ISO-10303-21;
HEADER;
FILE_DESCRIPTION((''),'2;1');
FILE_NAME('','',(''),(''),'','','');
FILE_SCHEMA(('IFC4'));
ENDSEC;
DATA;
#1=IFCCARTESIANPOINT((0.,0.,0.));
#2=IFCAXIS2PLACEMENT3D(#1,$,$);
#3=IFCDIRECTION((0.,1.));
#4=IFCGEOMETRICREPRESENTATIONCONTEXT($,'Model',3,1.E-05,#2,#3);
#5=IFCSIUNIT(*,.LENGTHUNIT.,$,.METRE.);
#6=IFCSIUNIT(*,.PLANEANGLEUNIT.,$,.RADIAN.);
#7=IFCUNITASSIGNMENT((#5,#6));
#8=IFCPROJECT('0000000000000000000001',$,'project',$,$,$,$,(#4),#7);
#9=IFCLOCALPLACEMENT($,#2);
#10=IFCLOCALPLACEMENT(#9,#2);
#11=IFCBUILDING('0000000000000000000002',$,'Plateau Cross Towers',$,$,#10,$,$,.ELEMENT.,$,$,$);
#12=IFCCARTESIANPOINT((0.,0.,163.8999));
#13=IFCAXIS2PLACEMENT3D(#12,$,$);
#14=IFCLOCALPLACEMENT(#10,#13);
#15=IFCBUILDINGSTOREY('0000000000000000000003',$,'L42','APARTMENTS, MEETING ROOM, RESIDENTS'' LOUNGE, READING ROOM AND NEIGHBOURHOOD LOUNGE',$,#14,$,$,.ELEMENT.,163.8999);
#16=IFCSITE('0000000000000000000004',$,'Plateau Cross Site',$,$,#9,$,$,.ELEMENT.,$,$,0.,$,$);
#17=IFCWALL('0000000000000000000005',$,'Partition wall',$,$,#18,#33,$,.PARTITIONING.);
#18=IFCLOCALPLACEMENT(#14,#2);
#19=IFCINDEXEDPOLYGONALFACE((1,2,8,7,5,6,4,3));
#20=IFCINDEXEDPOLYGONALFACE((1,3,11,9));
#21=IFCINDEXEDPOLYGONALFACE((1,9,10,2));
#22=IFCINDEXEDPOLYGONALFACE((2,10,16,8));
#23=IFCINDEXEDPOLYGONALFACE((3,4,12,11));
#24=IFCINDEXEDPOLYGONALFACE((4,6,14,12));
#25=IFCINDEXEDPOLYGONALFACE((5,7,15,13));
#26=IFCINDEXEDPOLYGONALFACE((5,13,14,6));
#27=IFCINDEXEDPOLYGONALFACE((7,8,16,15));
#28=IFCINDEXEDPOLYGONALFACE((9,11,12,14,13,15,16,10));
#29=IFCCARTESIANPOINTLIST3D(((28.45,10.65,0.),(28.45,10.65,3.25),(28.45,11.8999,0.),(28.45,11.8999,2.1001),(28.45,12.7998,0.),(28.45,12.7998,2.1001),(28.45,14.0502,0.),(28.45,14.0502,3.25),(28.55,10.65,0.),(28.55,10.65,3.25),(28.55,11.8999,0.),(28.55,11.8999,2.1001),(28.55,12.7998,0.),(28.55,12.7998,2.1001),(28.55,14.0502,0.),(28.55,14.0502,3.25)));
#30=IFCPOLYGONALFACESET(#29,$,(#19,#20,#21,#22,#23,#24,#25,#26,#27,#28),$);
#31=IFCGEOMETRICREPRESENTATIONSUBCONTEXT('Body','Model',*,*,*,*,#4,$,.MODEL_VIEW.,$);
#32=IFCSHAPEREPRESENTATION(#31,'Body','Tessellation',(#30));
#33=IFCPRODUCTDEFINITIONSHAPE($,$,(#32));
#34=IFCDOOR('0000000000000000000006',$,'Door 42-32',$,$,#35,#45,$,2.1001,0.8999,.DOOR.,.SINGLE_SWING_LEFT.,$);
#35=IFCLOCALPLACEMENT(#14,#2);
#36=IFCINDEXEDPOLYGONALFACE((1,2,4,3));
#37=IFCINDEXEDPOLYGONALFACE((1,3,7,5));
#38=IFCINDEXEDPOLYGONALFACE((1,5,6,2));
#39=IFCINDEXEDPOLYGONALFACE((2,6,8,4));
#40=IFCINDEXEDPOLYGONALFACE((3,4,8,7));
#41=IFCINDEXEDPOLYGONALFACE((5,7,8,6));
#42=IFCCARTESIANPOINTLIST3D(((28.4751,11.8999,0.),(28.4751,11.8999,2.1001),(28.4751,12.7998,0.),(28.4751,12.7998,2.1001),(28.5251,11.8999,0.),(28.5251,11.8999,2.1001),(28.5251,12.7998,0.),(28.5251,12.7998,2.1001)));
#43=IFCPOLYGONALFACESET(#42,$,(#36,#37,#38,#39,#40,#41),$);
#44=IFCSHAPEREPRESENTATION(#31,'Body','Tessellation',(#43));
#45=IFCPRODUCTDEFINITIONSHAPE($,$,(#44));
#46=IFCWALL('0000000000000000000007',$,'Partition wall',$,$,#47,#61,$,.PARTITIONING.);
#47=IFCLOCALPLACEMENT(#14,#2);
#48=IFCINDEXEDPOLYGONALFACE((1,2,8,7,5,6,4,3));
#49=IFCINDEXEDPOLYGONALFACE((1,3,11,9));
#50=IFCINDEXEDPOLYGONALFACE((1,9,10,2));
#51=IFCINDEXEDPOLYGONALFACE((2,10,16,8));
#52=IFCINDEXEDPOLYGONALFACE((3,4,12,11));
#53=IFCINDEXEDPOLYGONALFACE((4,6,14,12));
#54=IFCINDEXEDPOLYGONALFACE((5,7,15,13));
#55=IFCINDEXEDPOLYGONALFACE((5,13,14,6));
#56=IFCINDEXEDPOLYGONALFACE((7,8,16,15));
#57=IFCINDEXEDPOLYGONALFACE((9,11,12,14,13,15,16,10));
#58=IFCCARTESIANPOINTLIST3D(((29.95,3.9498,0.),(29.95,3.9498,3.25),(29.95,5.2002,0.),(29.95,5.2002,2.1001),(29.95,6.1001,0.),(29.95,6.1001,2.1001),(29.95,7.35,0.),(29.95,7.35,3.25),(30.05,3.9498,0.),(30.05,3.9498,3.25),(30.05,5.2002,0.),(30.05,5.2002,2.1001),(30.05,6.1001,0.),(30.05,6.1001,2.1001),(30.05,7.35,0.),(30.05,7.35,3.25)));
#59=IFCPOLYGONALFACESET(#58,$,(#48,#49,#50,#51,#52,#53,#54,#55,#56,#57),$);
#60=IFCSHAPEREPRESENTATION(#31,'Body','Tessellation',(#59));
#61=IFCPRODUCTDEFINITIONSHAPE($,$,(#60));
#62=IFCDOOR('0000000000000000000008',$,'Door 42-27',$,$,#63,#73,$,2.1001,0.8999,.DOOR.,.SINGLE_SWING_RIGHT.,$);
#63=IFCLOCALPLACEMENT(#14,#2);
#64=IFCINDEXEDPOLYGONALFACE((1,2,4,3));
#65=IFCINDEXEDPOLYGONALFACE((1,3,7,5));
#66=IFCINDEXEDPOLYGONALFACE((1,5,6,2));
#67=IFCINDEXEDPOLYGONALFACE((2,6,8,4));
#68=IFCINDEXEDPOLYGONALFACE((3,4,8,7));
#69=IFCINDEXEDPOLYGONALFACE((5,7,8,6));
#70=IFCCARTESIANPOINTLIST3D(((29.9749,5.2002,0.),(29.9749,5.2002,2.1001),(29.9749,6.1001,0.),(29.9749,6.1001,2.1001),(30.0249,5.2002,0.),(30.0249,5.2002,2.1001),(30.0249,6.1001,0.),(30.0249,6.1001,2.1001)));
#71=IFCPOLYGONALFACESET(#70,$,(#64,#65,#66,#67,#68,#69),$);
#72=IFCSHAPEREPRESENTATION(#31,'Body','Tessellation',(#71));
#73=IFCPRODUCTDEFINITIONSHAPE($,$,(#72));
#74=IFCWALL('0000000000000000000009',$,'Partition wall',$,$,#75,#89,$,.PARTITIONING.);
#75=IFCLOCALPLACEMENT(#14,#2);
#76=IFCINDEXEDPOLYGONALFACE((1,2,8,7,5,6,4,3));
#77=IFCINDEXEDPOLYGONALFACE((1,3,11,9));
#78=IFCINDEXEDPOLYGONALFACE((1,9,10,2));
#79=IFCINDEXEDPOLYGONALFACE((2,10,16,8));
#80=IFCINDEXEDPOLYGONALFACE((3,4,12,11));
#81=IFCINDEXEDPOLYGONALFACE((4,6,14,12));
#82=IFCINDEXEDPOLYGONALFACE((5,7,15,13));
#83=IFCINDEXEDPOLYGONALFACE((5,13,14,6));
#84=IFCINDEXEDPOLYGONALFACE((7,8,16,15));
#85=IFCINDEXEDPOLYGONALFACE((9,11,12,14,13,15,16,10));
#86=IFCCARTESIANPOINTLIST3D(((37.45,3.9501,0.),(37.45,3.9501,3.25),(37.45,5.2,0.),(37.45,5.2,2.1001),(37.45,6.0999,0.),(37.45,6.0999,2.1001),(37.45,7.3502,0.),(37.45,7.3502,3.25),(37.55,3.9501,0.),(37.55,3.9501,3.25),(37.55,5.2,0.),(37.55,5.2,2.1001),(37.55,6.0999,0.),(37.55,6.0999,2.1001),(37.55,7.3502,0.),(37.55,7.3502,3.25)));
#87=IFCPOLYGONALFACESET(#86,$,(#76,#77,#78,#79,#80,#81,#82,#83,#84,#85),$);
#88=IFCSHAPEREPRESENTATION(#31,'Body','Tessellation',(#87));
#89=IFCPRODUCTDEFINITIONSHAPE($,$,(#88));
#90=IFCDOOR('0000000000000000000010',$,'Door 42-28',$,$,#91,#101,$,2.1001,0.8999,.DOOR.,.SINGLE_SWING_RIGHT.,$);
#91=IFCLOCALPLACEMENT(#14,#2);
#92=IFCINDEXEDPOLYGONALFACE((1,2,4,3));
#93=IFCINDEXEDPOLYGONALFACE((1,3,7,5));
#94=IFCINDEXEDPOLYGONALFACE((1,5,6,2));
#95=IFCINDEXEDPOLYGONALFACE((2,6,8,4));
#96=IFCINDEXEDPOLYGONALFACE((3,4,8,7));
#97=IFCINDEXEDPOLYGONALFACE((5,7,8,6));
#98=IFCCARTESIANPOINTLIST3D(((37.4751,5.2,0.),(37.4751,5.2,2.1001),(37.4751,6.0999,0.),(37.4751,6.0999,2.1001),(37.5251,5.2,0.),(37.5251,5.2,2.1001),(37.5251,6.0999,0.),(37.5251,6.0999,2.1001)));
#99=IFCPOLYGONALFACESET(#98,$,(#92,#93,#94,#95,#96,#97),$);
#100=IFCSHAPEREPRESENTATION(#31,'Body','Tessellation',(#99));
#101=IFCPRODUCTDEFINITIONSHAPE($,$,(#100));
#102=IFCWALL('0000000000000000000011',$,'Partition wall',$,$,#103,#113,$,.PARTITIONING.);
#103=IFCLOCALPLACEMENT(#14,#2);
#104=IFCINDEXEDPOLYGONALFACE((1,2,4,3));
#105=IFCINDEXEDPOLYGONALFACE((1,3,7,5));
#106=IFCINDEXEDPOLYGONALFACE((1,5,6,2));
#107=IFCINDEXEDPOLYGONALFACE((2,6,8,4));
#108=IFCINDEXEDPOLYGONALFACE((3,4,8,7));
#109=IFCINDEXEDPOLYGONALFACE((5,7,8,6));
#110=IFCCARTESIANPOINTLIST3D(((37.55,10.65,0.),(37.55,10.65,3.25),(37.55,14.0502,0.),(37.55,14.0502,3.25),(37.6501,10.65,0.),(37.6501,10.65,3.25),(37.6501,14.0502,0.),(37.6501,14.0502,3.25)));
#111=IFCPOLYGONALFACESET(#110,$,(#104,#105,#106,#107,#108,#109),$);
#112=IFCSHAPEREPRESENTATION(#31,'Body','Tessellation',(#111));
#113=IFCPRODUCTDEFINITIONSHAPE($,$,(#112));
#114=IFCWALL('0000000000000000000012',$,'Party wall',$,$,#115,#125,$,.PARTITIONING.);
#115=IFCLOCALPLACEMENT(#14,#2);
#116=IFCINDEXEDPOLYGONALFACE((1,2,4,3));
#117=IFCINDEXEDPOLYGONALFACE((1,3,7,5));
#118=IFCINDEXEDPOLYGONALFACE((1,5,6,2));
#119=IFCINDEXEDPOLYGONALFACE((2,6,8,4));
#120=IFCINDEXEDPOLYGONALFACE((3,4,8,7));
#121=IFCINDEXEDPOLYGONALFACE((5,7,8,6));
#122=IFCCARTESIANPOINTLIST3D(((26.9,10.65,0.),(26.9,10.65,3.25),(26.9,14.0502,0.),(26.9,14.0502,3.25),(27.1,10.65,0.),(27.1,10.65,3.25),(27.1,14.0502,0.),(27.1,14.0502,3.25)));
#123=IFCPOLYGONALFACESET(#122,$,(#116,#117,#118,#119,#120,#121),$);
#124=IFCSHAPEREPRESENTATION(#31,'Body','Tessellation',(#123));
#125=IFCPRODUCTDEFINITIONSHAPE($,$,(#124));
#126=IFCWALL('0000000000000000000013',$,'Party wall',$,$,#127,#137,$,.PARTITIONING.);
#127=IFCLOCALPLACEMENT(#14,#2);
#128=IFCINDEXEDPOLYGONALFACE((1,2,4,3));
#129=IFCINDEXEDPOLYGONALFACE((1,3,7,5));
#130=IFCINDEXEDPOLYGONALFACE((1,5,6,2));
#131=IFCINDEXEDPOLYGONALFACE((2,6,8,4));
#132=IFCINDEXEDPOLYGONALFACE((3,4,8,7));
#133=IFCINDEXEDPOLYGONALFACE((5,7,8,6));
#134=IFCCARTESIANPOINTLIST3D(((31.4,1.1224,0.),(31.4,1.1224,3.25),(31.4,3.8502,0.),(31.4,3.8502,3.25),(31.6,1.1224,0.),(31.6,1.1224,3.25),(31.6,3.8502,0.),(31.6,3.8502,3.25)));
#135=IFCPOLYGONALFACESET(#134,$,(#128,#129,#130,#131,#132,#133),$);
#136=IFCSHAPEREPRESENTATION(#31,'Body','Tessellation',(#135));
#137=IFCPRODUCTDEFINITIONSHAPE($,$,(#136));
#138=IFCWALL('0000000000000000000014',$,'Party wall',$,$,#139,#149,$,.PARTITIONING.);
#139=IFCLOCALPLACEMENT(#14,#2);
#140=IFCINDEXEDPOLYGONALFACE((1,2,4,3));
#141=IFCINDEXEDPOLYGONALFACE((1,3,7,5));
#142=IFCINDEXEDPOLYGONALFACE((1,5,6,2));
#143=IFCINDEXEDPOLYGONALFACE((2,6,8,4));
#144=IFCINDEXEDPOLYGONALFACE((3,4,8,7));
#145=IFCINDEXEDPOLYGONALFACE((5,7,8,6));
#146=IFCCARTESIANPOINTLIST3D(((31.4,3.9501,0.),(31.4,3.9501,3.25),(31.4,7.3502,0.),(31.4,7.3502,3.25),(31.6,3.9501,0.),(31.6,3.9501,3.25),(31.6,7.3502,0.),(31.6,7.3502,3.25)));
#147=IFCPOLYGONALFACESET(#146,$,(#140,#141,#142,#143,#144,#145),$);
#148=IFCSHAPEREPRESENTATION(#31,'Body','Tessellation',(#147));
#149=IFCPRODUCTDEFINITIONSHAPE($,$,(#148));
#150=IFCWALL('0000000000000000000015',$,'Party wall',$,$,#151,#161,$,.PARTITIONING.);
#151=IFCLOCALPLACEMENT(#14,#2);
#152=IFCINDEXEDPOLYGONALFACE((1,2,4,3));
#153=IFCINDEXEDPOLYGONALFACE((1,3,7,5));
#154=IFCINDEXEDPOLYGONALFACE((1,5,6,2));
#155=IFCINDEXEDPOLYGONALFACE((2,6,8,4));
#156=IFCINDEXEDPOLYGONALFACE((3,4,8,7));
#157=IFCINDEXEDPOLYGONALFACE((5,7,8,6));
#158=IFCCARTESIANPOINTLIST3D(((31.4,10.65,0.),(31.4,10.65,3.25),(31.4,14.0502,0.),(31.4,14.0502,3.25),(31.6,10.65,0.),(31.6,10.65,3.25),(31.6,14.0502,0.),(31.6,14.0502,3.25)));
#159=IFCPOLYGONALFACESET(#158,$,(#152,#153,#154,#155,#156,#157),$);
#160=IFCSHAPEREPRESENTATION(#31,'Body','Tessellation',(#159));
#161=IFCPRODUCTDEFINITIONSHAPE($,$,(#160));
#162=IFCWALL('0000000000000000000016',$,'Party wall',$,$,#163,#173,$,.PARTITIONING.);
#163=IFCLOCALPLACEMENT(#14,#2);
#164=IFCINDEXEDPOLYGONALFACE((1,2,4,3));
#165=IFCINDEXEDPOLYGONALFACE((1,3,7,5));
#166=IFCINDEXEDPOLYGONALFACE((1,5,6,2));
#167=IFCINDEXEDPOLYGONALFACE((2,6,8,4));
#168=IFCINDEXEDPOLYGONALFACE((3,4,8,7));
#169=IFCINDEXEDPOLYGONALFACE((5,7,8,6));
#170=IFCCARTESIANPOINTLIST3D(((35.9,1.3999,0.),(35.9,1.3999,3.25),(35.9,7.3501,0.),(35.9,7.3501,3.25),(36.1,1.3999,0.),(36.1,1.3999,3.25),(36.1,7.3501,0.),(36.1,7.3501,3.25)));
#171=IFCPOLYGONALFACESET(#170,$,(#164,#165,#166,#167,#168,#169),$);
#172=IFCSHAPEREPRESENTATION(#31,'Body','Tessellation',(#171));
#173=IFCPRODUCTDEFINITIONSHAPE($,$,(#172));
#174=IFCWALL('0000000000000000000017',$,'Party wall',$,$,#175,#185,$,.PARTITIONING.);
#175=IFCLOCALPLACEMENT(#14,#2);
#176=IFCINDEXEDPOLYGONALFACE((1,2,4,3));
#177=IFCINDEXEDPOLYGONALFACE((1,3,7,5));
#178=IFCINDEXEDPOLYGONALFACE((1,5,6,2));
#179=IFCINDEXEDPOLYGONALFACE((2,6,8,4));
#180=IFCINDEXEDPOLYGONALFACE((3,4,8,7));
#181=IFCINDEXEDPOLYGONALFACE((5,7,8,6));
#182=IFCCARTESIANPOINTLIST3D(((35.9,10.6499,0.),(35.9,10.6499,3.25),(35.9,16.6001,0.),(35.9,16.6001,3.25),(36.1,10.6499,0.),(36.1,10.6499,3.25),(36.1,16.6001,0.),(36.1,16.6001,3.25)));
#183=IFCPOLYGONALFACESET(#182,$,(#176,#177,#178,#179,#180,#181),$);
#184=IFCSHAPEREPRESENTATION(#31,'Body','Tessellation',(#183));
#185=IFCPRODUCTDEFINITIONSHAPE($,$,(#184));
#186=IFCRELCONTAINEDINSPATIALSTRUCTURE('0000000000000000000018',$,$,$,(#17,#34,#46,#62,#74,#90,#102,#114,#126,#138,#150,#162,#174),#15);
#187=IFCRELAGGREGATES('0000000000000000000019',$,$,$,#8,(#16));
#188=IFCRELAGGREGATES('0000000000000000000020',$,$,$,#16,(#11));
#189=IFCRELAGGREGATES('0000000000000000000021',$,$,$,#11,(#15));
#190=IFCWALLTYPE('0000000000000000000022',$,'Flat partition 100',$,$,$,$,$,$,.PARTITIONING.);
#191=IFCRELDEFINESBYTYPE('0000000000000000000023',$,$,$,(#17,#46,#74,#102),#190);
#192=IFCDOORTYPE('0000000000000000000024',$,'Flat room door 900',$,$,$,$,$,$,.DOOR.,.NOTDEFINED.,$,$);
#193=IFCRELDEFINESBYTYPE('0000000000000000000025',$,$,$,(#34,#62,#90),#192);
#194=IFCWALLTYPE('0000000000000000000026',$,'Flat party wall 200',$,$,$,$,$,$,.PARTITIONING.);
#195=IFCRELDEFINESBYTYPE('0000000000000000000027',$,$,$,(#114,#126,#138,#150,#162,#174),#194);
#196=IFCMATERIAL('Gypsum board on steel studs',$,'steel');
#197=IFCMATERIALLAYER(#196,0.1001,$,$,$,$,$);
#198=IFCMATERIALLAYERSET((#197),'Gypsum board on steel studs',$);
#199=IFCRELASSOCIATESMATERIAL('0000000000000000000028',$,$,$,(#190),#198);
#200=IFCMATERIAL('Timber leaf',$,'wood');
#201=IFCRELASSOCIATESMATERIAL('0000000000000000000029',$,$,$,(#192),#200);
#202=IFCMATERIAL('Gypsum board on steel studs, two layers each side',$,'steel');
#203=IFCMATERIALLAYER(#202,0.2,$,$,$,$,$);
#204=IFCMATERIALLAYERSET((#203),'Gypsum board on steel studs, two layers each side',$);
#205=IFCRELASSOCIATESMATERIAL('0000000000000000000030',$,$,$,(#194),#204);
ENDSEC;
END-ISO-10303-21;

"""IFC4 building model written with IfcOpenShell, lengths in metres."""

from ifc_helpers import new_model, si_unit, direction, frame, frame_2d, origin, place, context, subcontext, project, spatial, rectangle, extrude, material, layer, layer_set, type_object, element, fill, save


model = new_model("IFC4")

# Units and contexts
model_context = context("Model", 3, precision=1e-05, world=origin(), true_north=direction((0.0, 1.0)))
body_context = subcontext(model_context, "Body", "Model", "MODEL_VIEW")
ifc_project = project(units=[si_unit("LENGTHUNIT", "METRE"), si_unit("PLANEANGLEUNIT", "RADIAN")], contexts=[model_context])

# Site, building, storey
site_placement = place(None, origin())
site = spatial("IfcSite", under=ifc_project, at=site_placement, Name="Plateau Cross Site", CompositionType="ELEMENT", RefElevation=0.0)
building_placement = place(site_placement, origin())
building = spatial("IfcBuilding", under=site, at=building_placement, Name="Plateau Cross Towers", CompositionType="ELEMENT")
storey_placement = place(building_placement, frame((0.0, 0.0, 163.8999)))
storey = spatial("IfcBuildingStorey", under=building, at=storey_placement, Name="L42", Description="APARTMENTS, MEETING ROOM, RESIDENTS' LOUNGE, READING ROOM AND NEIGHBOURHOOD LOUNGE", CompositionType="ELEMENT", Elevation=163.8999)

# Shared definitions
ifc_material_1 = material(Name="Gypsum board on steel studs", Category="steel")
ifc_layer_1 = layer(ifc_material_1, 0.1001)
ifc_layer_set_1 = layer_set([ifc_layer_1], Name="Gypsum board on steel studs")
wall_type_1 = type_object("IfcWallType", Name="Flat partition 100", PredefinedType="PARTITIONING", material=ifc_layer_set_1)

# Walls, openings, doors
ifc_material_2 = material(Name="Timber leaf", Category="wood")
door_type_1 = type_object("IfcDoorType", Name="Flat room door 900", OperationType="NOTDEFINED", PredefinedType="DOOR", material=ifc_material_2)
wall_1_placement = place(storey_placement, frame((28.5, 10.6499, 0.0), z_axis=(0.0, 0.0, 1.0), x_axis=(0.0, 1.0, 0.0)))
wall_1 = element("IfcWall", 1, at=wall_1_placement, inside=storey, type_object=wall_type_1, Name="Partition wall", PredefinedType="PARTITIONING", context=body_context, shape_type="SweptSolid", body=[
    extrude(rectangle(XDim=3.4001, YDim=0.1001, at=frame_2d((1.7002, 0.0))), origin(), (0.0, 0.0, 1.0), 3.25),
])
opening_1_placement = place(wall_1_placement, frame((1.25, 0.0, 0.0)))
opening_1 = element("IfcOpeningElement", 2, at=opening_1_placement, cuts=wall_1, PredefinedType="OPENING", context=body_context, shape_type="SweptSolid", body=[
    extrude(rectangle(XDim=0.8999, YDim=2.1001, at=frame_2d((0.45, 1.05))), frame((0.0, 0.0601, 0.0), z_axis=(0.0, -1.0, 0.0), x_axis=(1.0, 0.0, 0.0)), (0.0, 0.0, 1.0), 0.1201),
])
door_1_placement = place(opening_1_placement, origin())
door_1 = element("IfcDoor", 3, at=door_1_placement, inside=storey, type_object=door_type_1, Name="Door 42-32", OperationType="SINGLE_SWING_LEFT", OverallHeight=2.1001, OverallWidth=0.8999, PredefinedType="DOOR", context=body_context, shape_type="SweptSolid", body=[
    extrude(rectangle(XDim=0.8999, YDim=2.1001, at=frame_2d((0.45, 1.05))), frame((0.0, 0.0249, 0.0), z_axis=(0.0, -1.0, 0.0), x_axis=(1.0, 0.0, 0.0)), (0.0, 0.0, 1.0), 0.05),
])
fill(opening_1, door_1)
wall_2_placement = place(storey_placement, frame((30.0, 7.3501, 0.0), z_axis=(0.0, 0.0, 1.0), x_axis=(0.0, -1.0, 0.0)))
wall_2 = element("IfcWall", 4, at=wall_2_placement, inside=storey, type_object=wall_type_1, Name="Partition wall", PredefinedType="PARTITIONING", context=body_context, shape_type="SweptSolid", body=[
    extrude(rectangle(XDim=3.4001, YDim=0.1001, at=frame_2d((1.7002, 0.0))), origin(), (0.0, 0.0, 1.0), 3.25),
])
opening_2_placement = place(wall_2_placement, frame((1.25, 0.0, 0.0)))
opening_2 = element("IfcOpeningElement", 5, at=opening_2_placement, cuts=wall_2, PredefinedType="OPENING", context=body_context, shape_type="SweptSolid", body=[
    extrude(rectangle(XDim=0.8999, YDim=2.1001, at=frame_2d((0.45, 1.05))), frame((0.0, 0.0601, 0.0), z_axis=(0.0, -1.0, 0.0), x_axis=(1.0, 0.0, 0.0)), (0.0, 0.0, 1.0), 0.1201),
])
door_2_placement = place(opening_2_placement, origin())
door_2 = element("IfcDoor", 6, at=door_2_placement, inside=storey, type_object=door_type_1, Name="Door 42-27", OperationType="SINGLE_SWING_RIGHT", OverallHeight=2.1001, OverallWidth=0.8999, PredefinedType="DOOR", context=body_context, shape_type="SweptSolid", body=[
    extrude(rectangle(XDim=0.8999, YDim=2.1001, at=frame_2d((0.45, 1.05))), frame((0.0, 0.0249, 0.0), z_axis=(0.0, -1.0, 0.0), x_axis=(1.0, 0.0, 0.0)), (0.0, 0.0, 1.0), 0.05),
])
fill(opening_2, door_2)
wall_3_placement = place(storey_placement, frame((37.5, 3.95, 0.0), z_axis=(0.0, 0.0, 1.0), x_axis=(0.0, 1.0, 0.0)))
wall_3 = element("IfcWall", 7, at=wall_3_placement, inside=storey, type_object=wall_type_1, Name="Partition wall", PredefinedType="PARTITIONING", context=body_context, shape_type="SweptSolid", body=[
    extrude(rectangle(XDim=3.4001, YDim=0.1001, at=frame_2d((1.7002, 0.0))), origin(), (0.0, 0.0, 1.0), 3.25),
])
opening_3_placement = place(wall_3_placement, frame((1.25, 0.0, 0.0)))
opening_3 = element("IfcOpeningElement", 8, at=opening_3_placement, cuts=wall_3, PredefinedType="OPENING", context=body_context, shape_type="SweptSolid", body=[
    extrude(rectangle(XDim=0.8999, YDim=2.1001, at=frame_2d((0.45, 1.05))), frame((0.0, 0.0601, 0.0), z_axis=(0.0, -1.0, 0.0), x_axis=(1.0, 0.0, 0.0)), (0.0, 0.0, 1.0), 0.1201),
])
door_3_placement = place(opening_3_placement, origin())
door_3 = element("IfcDoor", 9, at=door_3_placement, inside=storey, type_object=door_type_1, Name="Door 42-28", OperationType="SINGLE_SWING_RIGHT", OverallHeight=2.1001, OverallWidth=0.8999, PredefinedType="DOOR", context=body_context, shape_type="SweptSolid", body=[
    extrude(rectangle(XDim=0.8999, YDim=2.1001, at=frame_2d((0.45, 1.05))), frame((0.0, 0.0249, 0.0), z_axis=(0.0, -1.0, 0.0), x_axis=(1.0, 0.0, 0.0)), (0.0, 0.0, 1.0), 0.05),
])
fill(opening_3, door_3)

# Walls
wall_4_placement = place(storey_placement, frame((37.6001, 10.6499, 0.0), z_axis=(0.0, 0.0, 1.0), x_axis=(0.0, 1.0, 0.0)))
element("IfcWall", 10, at=wall_4_placement, inside=storey, type_object=wall_type_1, Name="Partition wall", PredefinedType="PARTITIONING", context=body_context, shape_type="SweptSolid", body=[
    extrude(rectangle(XDim=3.4001, YDim=0.1001, at=frame_2d((1.7002, 0.0))), origin(), (0.0, 0.0, 1.0), 3.25),
])
ifc_material_3 = material(Name="Gypsum board on steel studs, two layers each side", Category="steel")
ifc_layer_2 = layer(ifc_material_3, 0.2)
ifc_layer_set_2 = layer_set([ifc_layer_2], Name="Gypsum board on steel studs, two layers each side")
wall_type_2 = type_object("IfcWallType", Name="Flat party wall 200", PredefinedType="PARTITIONING", material=ifc_layer_set_2)
wall_5_placement = place(storey_placement, frame((27.0, 10.6499, 0.0), z_axis=(0.0, 0.0, 1.0), x_axis=(0.0, 1.0, 0.0)))
element("IfcWall", 11, at=wall_5_placement, inside=storey, type_object=wall_type_2, Name="Party wall", PredefinedType="PARTITIONING", context=body_context, shape_type="SweptSolid", body=[
    extrude(rectangle(XDim=3.4001, YDim=0.2, at=frame_2d((1.7002, 0.0))), origin(), (0.0, 0.0, 1.0), 3.25),
])
wall_6_placement = place(storey_placement, frame((31.5, 3.8501, 0.0), z_axis=(0.0, 0.0, 1.0), x_axis=(0.0, -1.0, 0.0)))
element("IfcWall", 12, at=wall_6_placement, inside=storey, type_object=wall_type_2, Name="Party wall", PredefinedType="PARTITIONING", context=body_context, shape_type="SweptSolid", body=[
    extrude(rectangle(XDim=2.7278, YDim=0.2, at=frame_2d((1.3638, 0.0))), origin(), (0.0, 0.0, 1.0), 3.25),
])
for number, where, z_axis, x_axis, name in (
    (13, (31.5, 3.95, 0.0), (0.0, 0.0, 1.0), (0.0, 1.0, 0.0), "Party wall"),
    (14, (31.5, 10.6499, 0.0), (0.0, 0.0, 1.0), (0.0, 1.0, 0.0), "Party wall"),
):
    element("IfcWall", number, at=place(storey_placement, frame(where, z_axis=z_axis, x_axis=x_axis)), inside=storey, type_object=wall_type_2, Name=name, PredefinedType="PARTITIONING", context=body_context, shape_type="SweptSolid", body=[
        extrude(rectangle(XDim=3.4001, YDim=0.2, at=frame_2d((1.7002, 0.0))), origin(), (0.0, 0.0, 1.0), 3.25),
    ])
for number, where, z_axis, x_axis, name in (
    (15, (36.0, 1.3999, 0.0), (0.0, 0.0, 1.0), (0.0, 1.0, 0.0), "Party wall"),
    (16, (36.0, 10.6499, 0.0), (0.0, 0.0, 1.0), (0.0, 1.0, 0.0), "Party wall"),
):
    element("IfcWall", number, at=place(storey_placement, frame(where, z_axis=z_axis, x_axis=x_axis)), inside=storey, type_object=wall_type_2, Name=name, PredefinedType="PARTITIONING", context=body_context, shape_type="SweptSolid", body=[
        extrude(rectangle(XDim=5.9502, YDim=0.2, at=frame_2d((2.9751, 0.0))), origin(), (0.0, 0.0, 1.0), 3.25),
    ])

save(model, "model.ifc")
